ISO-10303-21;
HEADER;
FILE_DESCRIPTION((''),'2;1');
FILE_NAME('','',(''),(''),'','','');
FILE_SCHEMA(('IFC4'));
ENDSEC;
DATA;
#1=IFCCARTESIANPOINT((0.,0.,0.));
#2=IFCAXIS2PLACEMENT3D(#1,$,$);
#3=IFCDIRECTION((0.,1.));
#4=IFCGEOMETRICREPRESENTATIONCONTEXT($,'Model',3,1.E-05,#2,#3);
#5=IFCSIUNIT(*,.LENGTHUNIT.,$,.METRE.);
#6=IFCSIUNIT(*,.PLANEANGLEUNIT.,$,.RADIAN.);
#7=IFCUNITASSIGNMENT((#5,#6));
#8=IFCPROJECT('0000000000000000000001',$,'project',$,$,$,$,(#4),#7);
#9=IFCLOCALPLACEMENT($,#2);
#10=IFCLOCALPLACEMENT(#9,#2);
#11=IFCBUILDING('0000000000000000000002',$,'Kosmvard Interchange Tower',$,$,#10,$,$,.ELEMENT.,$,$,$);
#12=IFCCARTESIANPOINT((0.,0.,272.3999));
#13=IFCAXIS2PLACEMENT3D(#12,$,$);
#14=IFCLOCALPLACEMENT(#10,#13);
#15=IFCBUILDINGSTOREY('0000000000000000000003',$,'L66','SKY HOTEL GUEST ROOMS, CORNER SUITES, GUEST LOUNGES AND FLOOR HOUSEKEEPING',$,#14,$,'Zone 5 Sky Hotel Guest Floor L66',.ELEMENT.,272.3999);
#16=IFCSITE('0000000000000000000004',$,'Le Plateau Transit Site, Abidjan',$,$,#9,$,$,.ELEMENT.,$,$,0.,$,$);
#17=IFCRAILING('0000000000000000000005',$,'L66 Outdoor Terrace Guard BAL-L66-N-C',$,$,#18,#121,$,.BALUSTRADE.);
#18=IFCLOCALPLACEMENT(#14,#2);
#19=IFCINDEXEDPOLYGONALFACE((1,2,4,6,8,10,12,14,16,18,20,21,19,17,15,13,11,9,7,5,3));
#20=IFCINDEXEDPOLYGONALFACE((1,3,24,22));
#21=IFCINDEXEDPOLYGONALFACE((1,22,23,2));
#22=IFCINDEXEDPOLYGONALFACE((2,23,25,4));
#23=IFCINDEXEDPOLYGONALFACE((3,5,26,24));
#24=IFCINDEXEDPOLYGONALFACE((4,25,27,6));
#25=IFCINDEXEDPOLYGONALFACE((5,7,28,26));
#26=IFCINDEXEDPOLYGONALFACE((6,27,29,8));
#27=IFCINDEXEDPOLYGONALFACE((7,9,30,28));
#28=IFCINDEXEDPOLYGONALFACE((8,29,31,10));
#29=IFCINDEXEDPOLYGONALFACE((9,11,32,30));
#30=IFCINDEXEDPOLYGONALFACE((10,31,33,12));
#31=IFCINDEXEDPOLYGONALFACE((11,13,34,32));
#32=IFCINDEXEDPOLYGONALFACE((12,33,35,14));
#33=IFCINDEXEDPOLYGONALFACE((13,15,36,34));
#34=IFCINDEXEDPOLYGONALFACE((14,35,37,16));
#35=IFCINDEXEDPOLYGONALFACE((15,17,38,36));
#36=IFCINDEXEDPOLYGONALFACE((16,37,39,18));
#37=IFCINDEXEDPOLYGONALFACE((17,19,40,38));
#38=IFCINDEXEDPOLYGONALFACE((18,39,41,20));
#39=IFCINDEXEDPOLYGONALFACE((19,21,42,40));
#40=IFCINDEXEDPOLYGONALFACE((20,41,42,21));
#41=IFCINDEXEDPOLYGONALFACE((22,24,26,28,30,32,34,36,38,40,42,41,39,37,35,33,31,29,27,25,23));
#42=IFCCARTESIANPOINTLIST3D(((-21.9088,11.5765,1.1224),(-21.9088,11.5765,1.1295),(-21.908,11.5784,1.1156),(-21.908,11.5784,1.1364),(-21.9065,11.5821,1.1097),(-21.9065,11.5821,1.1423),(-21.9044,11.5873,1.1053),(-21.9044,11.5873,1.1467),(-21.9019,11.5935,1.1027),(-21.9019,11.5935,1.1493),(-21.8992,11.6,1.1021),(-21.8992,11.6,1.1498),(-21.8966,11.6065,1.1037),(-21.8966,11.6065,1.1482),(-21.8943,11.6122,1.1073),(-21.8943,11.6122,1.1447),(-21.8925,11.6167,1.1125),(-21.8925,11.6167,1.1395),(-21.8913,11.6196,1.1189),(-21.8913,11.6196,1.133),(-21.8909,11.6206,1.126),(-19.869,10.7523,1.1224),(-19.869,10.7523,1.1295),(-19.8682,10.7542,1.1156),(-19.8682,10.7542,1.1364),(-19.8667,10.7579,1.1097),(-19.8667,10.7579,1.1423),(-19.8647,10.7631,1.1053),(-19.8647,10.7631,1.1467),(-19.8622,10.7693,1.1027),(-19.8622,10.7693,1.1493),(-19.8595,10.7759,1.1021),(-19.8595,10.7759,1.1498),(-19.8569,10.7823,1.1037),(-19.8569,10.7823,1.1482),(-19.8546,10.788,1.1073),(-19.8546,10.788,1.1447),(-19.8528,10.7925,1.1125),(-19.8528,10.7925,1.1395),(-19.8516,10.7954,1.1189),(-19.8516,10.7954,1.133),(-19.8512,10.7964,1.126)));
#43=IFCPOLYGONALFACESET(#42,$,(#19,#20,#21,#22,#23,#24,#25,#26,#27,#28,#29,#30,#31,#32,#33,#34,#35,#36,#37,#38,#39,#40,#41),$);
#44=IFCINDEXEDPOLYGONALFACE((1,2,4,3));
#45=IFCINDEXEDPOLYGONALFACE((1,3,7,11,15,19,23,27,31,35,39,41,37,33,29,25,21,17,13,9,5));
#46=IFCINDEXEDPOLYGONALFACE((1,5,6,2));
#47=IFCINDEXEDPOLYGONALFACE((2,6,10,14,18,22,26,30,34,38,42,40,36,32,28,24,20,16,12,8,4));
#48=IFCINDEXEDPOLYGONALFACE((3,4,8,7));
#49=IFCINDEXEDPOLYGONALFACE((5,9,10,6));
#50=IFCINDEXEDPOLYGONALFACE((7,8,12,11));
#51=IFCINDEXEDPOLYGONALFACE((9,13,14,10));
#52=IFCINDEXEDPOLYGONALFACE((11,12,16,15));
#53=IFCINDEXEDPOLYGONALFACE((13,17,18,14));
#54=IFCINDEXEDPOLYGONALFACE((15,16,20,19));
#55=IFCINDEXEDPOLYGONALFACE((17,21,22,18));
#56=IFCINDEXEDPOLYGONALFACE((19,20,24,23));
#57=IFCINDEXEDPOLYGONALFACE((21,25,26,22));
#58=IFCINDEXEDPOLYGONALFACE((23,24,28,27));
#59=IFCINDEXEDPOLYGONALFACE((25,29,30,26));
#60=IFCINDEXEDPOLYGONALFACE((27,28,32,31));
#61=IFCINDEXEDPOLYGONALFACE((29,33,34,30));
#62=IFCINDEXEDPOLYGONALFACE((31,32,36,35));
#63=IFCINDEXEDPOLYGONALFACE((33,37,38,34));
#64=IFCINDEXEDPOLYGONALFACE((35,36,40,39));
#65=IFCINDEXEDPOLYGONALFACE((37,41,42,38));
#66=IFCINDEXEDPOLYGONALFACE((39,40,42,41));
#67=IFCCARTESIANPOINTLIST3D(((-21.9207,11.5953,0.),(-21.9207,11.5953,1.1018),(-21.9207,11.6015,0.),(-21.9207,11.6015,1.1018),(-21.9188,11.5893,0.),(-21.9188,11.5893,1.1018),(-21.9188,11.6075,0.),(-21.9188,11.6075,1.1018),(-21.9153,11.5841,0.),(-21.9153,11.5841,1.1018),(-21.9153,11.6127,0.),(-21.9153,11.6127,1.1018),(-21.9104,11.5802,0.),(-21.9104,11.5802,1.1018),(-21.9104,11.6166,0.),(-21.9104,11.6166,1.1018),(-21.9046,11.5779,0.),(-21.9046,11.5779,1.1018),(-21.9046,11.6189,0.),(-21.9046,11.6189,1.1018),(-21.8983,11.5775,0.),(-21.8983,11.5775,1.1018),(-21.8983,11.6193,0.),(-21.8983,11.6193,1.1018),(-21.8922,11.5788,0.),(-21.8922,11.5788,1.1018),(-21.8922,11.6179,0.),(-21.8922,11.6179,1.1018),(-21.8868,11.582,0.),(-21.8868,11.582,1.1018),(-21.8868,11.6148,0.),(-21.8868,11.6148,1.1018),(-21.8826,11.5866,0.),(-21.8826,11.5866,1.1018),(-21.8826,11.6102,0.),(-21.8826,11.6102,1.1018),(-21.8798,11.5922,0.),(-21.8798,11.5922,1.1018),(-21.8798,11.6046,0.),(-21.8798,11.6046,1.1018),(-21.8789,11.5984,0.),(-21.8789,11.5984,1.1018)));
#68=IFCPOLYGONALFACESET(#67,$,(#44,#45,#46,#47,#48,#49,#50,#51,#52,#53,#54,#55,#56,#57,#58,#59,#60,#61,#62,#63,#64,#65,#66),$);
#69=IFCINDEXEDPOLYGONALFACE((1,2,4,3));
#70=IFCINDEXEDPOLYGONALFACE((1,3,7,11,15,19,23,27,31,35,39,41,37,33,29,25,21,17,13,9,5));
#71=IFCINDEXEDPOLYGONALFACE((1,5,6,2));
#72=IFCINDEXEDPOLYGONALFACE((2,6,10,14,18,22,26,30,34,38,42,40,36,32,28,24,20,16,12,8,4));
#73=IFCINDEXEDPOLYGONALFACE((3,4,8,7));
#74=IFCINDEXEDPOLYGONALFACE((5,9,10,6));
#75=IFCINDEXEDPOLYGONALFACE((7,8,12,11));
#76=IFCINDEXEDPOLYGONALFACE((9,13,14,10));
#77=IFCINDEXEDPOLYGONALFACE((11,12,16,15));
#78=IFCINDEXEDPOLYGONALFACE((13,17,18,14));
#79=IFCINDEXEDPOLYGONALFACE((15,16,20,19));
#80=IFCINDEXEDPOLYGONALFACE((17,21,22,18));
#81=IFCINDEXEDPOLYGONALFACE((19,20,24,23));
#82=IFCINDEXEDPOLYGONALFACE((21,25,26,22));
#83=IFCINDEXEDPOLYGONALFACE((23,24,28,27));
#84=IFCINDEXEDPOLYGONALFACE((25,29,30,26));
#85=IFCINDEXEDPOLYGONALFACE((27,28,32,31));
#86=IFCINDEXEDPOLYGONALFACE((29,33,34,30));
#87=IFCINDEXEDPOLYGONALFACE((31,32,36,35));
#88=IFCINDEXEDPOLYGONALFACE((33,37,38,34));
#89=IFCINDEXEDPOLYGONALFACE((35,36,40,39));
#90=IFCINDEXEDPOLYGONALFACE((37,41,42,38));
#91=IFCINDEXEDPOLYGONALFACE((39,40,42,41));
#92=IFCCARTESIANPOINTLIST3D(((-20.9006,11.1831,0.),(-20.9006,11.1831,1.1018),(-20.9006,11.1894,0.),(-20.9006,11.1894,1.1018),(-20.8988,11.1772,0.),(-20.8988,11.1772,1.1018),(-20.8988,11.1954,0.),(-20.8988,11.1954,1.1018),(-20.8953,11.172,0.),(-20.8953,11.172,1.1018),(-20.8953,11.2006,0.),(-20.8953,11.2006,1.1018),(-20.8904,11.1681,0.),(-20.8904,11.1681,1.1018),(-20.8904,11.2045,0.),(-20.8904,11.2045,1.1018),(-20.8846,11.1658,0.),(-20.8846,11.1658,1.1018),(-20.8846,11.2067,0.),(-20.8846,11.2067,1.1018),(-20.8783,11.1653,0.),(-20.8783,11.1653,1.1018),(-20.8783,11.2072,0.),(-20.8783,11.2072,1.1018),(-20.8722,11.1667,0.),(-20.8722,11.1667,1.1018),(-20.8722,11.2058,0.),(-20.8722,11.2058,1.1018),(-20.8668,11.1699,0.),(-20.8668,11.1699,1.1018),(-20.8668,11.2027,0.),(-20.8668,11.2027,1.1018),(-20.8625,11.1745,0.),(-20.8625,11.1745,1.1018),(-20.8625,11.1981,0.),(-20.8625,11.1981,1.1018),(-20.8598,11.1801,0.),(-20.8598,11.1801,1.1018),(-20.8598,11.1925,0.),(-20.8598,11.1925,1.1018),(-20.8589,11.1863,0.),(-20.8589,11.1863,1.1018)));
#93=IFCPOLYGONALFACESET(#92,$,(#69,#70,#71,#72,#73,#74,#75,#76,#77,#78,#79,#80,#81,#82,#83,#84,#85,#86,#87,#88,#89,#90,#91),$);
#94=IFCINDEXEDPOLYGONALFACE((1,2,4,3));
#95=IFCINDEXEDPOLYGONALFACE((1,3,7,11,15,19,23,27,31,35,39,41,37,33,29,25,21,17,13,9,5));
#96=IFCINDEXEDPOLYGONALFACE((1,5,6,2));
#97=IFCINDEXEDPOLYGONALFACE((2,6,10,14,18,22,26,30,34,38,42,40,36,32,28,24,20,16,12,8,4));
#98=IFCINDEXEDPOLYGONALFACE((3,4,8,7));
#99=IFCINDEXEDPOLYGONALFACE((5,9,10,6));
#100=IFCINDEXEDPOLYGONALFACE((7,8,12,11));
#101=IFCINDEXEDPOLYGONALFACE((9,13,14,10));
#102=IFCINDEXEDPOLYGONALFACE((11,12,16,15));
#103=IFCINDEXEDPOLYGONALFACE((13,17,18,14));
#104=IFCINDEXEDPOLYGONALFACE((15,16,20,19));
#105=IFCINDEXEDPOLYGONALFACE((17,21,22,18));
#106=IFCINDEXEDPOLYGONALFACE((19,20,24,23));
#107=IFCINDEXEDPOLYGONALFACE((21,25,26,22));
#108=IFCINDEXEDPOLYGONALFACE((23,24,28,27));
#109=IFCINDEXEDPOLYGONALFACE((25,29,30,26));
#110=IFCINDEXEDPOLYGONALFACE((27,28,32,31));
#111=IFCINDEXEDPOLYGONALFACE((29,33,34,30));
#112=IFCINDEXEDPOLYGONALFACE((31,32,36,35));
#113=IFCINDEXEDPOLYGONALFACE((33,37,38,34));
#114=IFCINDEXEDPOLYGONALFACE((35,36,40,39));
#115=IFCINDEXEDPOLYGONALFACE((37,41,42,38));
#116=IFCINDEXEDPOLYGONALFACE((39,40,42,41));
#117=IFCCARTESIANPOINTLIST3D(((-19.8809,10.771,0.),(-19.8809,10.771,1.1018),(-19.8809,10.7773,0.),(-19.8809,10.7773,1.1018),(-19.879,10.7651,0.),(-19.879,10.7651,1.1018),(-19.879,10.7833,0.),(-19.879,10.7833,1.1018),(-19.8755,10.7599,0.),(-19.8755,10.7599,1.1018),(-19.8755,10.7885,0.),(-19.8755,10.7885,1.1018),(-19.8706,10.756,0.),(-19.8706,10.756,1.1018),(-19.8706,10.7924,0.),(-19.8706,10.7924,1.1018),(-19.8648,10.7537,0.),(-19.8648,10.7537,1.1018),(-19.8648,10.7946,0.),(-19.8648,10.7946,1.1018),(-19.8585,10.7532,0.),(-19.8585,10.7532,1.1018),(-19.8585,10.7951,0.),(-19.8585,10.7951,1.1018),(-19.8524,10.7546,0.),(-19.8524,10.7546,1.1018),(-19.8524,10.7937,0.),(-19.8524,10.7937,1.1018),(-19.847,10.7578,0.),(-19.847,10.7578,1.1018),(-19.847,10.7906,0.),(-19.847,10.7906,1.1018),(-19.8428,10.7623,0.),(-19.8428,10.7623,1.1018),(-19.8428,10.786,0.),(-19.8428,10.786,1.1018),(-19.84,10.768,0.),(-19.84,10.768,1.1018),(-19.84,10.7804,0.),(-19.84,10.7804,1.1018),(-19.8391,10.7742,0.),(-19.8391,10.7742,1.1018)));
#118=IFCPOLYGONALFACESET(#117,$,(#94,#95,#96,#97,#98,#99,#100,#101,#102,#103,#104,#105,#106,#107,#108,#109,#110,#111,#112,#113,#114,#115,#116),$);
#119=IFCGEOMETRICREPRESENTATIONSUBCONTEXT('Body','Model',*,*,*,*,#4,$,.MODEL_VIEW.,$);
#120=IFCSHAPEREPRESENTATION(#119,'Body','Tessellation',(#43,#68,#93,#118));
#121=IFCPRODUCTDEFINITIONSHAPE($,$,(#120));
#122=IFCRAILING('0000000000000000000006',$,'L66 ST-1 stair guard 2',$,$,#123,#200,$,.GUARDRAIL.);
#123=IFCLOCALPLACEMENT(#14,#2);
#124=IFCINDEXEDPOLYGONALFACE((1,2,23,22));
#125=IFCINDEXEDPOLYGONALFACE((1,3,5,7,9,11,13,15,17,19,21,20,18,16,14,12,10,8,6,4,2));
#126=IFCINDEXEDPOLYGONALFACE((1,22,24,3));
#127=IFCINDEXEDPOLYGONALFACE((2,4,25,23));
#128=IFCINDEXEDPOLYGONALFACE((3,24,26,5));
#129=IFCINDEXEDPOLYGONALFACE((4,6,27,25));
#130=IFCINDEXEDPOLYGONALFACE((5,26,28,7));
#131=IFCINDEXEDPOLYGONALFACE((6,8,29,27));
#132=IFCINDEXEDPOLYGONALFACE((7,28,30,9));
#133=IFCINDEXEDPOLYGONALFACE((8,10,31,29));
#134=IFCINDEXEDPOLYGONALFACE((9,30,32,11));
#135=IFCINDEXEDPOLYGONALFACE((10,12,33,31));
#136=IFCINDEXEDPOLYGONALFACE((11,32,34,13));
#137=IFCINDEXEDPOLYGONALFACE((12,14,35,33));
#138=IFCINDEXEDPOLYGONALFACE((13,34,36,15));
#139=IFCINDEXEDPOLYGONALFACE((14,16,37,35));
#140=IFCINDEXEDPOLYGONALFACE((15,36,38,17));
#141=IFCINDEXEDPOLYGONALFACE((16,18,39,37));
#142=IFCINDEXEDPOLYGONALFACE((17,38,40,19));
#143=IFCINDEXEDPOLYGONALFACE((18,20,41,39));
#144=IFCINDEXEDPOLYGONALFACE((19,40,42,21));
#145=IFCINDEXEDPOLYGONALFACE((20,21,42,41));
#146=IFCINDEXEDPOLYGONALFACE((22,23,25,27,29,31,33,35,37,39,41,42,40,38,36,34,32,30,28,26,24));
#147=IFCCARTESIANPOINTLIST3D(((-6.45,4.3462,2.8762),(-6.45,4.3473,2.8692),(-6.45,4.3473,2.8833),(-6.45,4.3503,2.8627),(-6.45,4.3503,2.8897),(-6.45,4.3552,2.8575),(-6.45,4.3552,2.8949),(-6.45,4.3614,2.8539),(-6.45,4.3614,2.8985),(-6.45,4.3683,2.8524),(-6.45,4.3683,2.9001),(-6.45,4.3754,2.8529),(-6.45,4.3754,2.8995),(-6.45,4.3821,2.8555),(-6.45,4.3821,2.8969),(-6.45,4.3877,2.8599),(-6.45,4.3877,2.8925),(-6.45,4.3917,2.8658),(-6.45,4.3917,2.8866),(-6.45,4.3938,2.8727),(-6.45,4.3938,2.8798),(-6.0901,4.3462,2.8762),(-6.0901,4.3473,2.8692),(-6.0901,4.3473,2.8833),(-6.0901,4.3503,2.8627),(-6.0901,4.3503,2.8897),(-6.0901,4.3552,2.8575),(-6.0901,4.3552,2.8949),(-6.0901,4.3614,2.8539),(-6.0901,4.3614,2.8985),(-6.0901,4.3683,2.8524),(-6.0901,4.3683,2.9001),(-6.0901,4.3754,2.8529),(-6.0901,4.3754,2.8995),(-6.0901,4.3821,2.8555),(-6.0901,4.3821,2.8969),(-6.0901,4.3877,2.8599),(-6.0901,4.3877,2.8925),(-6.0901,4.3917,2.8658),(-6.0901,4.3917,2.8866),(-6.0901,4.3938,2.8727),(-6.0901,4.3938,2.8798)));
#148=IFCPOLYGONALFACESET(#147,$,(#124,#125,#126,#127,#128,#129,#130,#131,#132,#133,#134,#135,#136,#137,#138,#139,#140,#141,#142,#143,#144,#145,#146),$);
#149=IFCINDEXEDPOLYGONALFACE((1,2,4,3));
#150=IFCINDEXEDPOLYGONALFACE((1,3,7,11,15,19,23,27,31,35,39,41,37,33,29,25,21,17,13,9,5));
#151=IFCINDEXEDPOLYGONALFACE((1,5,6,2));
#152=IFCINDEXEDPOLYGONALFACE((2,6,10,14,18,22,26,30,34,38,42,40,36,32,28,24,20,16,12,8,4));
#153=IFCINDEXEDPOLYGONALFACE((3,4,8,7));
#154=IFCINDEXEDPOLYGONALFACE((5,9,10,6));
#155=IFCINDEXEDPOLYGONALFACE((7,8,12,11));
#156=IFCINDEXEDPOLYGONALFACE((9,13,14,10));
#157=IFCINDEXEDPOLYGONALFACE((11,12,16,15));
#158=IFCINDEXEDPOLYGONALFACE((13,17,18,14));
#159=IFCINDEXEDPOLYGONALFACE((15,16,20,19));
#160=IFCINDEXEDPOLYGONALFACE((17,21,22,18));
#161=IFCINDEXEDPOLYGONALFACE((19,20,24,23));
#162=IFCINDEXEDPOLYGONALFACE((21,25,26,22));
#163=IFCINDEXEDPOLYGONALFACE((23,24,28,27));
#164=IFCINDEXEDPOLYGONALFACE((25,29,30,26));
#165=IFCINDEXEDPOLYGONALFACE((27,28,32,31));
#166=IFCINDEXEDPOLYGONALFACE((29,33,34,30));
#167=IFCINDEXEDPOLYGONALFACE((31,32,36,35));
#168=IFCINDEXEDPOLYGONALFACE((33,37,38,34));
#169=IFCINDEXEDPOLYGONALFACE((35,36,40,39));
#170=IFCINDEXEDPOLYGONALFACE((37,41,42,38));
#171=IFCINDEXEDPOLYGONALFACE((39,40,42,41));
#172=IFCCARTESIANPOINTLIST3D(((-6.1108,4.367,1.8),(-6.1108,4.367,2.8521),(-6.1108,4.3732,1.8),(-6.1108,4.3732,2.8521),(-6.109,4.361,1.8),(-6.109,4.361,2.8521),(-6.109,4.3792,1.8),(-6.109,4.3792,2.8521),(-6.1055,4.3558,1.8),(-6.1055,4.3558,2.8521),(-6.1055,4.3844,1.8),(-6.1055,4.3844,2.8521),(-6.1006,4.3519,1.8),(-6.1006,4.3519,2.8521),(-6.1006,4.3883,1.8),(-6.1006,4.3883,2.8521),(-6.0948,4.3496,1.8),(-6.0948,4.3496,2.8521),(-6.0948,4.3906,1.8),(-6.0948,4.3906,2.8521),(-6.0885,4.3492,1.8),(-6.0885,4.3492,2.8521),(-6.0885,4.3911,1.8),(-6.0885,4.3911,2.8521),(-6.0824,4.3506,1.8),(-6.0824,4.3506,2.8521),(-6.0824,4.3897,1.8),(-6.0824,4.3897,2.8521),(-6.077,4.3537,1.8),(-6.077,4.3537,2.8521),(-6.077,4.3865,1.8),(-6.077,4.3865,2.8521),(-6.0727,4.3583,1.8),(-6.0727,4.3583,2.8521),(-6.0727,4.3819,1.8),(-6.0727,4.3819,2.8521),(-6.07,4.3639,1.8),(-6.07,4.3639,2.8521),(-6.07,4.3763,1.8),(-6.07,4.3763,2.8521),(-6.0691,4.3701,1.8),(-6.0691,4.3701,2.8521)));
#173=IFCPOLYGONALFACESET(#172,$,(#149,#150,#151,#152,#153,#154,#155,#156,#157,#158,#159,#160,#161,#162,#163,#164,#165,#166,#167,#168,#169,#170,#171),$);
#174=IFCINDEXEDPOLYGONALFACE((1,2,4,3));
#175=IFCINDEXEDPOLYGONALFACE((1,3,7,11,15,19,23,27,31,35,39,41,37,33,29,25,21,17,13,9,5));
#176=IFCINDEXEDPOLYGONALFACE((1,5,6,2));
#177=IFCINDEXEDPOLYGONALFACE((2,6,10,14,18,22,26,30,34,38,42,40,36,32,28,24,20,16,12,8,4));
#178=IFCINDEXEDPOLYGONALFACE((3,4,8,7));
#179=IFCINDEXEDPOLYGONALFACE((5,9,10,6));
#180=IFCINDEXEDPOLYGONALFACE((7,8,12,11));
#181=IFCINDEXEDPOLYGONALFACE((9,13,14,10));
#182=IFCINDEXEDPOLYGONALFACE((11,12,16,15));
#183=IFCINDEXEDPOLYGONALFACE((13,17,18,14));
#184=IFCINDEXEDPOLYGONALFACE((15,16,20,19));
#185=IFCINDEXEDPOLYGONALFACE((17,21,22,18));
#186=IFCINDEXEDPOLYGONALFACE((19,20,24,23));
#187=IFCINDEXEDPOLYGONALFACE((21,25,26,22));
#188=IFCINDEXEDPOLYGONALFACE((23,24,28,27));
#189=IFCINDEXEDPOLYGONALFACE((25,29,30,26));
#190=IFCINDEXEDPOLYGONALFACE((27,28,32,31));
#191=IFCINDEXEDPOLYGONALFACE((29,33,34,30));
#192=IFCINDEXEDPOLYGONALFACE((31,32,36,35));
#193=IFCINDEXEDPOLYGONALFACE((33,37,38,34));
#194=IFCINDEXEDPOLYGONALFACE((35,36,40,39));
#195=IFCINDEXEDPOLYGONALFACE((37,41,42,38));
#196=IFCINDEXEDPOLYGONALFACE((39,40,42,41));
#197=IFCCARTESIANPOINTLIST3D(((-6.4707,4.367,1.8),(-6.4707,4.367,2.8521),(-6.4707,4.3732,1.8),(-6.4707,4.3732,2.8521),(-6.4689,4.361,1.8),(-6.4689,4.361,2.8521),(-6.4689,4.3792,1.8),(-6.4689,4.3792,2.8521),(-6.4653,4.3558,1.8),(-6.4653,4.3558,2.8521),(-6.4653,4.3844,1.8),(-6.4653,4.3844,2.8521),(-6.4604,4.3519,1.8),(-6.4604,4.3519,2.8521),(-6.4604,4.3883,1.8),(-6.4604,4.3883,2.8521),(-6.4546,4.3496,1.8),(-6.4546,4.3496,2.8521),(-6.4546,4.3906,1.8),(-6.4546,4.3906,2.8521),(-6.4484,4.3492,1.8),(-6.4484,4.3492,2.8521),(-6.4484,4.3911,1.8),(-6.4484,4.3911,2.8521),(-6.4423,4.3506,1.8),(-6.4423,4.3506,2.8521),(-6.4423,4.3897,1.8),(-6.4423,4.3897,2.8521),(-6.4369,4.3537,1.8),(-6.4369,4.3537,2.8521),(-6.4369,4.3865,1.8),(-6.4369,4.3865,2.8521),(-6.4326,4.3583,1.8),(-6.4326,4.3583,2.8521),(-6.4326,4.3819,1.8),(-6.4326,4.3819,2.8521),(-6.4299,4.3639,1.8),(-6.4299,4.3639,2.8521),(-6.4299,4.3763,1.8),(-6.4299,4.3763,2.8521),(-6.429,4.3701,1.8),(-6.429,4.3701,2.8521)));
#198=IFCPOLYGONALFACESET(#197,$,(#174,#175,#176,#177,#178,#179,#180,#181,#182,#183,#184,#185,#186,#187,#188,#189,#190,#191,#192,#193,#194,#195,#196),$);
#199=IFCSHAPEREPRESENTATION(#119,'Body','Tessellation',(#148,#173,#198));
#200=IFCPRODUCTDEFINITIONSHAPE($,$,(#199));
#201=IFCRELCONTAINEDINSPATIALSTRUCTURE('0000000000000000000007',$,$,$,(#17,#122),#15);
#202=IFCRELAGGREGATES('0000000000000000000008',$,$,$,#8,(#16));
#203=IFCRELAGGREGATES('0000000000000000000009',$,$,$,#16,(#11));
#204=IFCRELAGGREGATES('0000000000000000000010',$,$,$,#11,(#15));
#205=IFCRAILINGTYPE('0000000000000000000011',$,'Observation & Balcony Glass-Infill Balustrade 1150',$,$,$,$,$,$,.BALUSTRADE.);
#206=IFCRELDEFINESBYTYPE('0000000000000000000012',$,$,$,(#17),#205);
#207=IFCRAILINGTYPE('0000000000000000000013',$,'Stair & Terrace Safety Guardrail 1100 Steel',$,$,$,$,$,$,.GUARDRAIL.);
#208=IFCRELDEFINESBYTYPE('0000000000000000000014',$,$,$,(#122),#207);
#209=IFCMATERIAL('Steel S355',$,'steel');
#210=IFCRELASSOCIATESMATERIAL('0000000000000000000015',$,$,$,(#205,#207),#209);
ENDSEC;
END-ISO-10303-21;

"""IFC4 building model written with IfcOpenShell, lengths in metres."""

from ifc_helpers import new_model, si_unit, direction, frame, origin, origin_2d, place, context, subcontext, project, spatial, circle, extrude, source, transform, mapped, material, type_object, element, save


model = new_model("IFC4")

# Units and contexts
model_context = context("Model", 3, precision=1e-05, world=origin(), true_north=direction((0.0, 1.0)))
body_context = subcontext(model_context, "Body", "Model", "MODEL_VIEW")
ifc_project = project(units=[si_unit("LENGTHUNIT", "METRE"), si_unit("PLANEANGLEUNIT", "RADIAN")], contexts=[model_context])

# Site, building, storey
site_placement = place(None, origin())
site = spatial("IfcSite", under=ifc_project, at=site_placement, Name="Le Plateau Transit Site, Abidjan", CompositionType="ELEMENT", RefElevation=0.0)
building_placement = place(site_placement, origin())
building = spatial("IfcBuilding", under=site, at=building_placement, Name="Kosmvard Interchange Tower", CompositionType="ELEMENT")
storey_placement = place(building_placement, frame((0.0, 0.0, 272.3999)))
storey = spatial("IfcBuildingStorey", under=building, at=storey_placement, Name="L66", Description="SKY HOTEL GUEST ROOMS, CORNER SUITES, GUEST LOUNGES AND FLOOR HOUSEKEEPING", LongName="Zone 5 Sky Hotel Guest Floor L66", CompositionType="ELEMENT", Elevation=272.3999)

# Shared definitions
ifc_material_1 = material(Name="Steel S355", Category="steel")

# Railings
railing_type_1 = type_object("IfcRailingType", Name="Observation & Balcony Glass-Infill Balustrade 1150", PredefinedType="BALUSTRADE", material=ifc_material_1)
shared_shape_1 = source(origin(), body_context, "Body", "SweptSolid", [
    extrude(circle(Radius=0.0239, at=origin_2d()), frame((0.0, 0.0, 1.126), z_axis=(0.92717, -0.374641, 0.0), x_axis=(0.374641, 0.92717, 0.0)), (0.0, 0.0, 1.0), 2.2),
    extrude(circle(Radius=0.021, at=origin_2d()), origin(), (0.0, 0.0, 1.0), 1.1018),
    extrude(circle(Radius=0.021, at=origin_2d()), frame((1.02, -0.4121, 0.0)), (0.0, 0.0, 1.0), 1.1018),
    extrude(circle(Radius=0.021, at=origin_2d()), frame((2.0398, -0.8242, 0.0)), (0.0, 0.0, 1.0), 1.1018),
])
railing_1_placement = place(storey_placement, frame((-21.8999, 11.5984, 0.0)))
element("IfcRailing", 1, at=railing_1_placement, inside=storey, type_object=railing_type_1, Name="L66 Outdoor Terrace Guard BAL-L66-N-C", PredefinedType="BALUSTRADE", context=body_context, shape_type="MappedRepresentation", body=[
    mapped(shared_shape_1, transform((0.0, 0.0, 0.0), scale=1.0)),
])
railing_type_2 = type_object("IfcRailingType", Name="Stair & Terrace Safety Guardrail 1100 Steel", PredefinedType="GUARDRAIL", material=ifc_material_1)
shared_shape_2 = source(origin(), body_context, "Body", "SweptSolid", [
    extrude(circle(Radius=0.0239, at=origin_2d()), frame((0.0, 0.0, 1.0762), z_axis=(-1.0, 0.0, 0.0), x_axis=(0.0, -1.0, 0.0)), (0.0, 0.0, 1.0), 0.3599),
    extrude(circle(Radius=0.021, at=origin_2d()), origin(), (0.0, 0.0, 1.0), 1.052),
    extrude(circle(Radius=0.021, at=origin_2d()), frame((-0.3599, 0.0, 0.0)), (0.0, 0.0, 1.0), 1.052),
])
railing_2_placement = place(storey_placement, frame((-6.0901, 4.3701, 1.8)))
element("IfcRailing", 2, at=railing_2_placement, inside=storey, type_object=railing_type_2, Name="L66 ST-1 stair guard 2", PredefinedType="GUARDRAIL", context=body_context, shape_type="MappedRepresentation", body=[
    mapped(shared_shape_2, transform((0.0, 0.0, 0.0), scale=1.0)),
])

save(model, "model.ifc")
